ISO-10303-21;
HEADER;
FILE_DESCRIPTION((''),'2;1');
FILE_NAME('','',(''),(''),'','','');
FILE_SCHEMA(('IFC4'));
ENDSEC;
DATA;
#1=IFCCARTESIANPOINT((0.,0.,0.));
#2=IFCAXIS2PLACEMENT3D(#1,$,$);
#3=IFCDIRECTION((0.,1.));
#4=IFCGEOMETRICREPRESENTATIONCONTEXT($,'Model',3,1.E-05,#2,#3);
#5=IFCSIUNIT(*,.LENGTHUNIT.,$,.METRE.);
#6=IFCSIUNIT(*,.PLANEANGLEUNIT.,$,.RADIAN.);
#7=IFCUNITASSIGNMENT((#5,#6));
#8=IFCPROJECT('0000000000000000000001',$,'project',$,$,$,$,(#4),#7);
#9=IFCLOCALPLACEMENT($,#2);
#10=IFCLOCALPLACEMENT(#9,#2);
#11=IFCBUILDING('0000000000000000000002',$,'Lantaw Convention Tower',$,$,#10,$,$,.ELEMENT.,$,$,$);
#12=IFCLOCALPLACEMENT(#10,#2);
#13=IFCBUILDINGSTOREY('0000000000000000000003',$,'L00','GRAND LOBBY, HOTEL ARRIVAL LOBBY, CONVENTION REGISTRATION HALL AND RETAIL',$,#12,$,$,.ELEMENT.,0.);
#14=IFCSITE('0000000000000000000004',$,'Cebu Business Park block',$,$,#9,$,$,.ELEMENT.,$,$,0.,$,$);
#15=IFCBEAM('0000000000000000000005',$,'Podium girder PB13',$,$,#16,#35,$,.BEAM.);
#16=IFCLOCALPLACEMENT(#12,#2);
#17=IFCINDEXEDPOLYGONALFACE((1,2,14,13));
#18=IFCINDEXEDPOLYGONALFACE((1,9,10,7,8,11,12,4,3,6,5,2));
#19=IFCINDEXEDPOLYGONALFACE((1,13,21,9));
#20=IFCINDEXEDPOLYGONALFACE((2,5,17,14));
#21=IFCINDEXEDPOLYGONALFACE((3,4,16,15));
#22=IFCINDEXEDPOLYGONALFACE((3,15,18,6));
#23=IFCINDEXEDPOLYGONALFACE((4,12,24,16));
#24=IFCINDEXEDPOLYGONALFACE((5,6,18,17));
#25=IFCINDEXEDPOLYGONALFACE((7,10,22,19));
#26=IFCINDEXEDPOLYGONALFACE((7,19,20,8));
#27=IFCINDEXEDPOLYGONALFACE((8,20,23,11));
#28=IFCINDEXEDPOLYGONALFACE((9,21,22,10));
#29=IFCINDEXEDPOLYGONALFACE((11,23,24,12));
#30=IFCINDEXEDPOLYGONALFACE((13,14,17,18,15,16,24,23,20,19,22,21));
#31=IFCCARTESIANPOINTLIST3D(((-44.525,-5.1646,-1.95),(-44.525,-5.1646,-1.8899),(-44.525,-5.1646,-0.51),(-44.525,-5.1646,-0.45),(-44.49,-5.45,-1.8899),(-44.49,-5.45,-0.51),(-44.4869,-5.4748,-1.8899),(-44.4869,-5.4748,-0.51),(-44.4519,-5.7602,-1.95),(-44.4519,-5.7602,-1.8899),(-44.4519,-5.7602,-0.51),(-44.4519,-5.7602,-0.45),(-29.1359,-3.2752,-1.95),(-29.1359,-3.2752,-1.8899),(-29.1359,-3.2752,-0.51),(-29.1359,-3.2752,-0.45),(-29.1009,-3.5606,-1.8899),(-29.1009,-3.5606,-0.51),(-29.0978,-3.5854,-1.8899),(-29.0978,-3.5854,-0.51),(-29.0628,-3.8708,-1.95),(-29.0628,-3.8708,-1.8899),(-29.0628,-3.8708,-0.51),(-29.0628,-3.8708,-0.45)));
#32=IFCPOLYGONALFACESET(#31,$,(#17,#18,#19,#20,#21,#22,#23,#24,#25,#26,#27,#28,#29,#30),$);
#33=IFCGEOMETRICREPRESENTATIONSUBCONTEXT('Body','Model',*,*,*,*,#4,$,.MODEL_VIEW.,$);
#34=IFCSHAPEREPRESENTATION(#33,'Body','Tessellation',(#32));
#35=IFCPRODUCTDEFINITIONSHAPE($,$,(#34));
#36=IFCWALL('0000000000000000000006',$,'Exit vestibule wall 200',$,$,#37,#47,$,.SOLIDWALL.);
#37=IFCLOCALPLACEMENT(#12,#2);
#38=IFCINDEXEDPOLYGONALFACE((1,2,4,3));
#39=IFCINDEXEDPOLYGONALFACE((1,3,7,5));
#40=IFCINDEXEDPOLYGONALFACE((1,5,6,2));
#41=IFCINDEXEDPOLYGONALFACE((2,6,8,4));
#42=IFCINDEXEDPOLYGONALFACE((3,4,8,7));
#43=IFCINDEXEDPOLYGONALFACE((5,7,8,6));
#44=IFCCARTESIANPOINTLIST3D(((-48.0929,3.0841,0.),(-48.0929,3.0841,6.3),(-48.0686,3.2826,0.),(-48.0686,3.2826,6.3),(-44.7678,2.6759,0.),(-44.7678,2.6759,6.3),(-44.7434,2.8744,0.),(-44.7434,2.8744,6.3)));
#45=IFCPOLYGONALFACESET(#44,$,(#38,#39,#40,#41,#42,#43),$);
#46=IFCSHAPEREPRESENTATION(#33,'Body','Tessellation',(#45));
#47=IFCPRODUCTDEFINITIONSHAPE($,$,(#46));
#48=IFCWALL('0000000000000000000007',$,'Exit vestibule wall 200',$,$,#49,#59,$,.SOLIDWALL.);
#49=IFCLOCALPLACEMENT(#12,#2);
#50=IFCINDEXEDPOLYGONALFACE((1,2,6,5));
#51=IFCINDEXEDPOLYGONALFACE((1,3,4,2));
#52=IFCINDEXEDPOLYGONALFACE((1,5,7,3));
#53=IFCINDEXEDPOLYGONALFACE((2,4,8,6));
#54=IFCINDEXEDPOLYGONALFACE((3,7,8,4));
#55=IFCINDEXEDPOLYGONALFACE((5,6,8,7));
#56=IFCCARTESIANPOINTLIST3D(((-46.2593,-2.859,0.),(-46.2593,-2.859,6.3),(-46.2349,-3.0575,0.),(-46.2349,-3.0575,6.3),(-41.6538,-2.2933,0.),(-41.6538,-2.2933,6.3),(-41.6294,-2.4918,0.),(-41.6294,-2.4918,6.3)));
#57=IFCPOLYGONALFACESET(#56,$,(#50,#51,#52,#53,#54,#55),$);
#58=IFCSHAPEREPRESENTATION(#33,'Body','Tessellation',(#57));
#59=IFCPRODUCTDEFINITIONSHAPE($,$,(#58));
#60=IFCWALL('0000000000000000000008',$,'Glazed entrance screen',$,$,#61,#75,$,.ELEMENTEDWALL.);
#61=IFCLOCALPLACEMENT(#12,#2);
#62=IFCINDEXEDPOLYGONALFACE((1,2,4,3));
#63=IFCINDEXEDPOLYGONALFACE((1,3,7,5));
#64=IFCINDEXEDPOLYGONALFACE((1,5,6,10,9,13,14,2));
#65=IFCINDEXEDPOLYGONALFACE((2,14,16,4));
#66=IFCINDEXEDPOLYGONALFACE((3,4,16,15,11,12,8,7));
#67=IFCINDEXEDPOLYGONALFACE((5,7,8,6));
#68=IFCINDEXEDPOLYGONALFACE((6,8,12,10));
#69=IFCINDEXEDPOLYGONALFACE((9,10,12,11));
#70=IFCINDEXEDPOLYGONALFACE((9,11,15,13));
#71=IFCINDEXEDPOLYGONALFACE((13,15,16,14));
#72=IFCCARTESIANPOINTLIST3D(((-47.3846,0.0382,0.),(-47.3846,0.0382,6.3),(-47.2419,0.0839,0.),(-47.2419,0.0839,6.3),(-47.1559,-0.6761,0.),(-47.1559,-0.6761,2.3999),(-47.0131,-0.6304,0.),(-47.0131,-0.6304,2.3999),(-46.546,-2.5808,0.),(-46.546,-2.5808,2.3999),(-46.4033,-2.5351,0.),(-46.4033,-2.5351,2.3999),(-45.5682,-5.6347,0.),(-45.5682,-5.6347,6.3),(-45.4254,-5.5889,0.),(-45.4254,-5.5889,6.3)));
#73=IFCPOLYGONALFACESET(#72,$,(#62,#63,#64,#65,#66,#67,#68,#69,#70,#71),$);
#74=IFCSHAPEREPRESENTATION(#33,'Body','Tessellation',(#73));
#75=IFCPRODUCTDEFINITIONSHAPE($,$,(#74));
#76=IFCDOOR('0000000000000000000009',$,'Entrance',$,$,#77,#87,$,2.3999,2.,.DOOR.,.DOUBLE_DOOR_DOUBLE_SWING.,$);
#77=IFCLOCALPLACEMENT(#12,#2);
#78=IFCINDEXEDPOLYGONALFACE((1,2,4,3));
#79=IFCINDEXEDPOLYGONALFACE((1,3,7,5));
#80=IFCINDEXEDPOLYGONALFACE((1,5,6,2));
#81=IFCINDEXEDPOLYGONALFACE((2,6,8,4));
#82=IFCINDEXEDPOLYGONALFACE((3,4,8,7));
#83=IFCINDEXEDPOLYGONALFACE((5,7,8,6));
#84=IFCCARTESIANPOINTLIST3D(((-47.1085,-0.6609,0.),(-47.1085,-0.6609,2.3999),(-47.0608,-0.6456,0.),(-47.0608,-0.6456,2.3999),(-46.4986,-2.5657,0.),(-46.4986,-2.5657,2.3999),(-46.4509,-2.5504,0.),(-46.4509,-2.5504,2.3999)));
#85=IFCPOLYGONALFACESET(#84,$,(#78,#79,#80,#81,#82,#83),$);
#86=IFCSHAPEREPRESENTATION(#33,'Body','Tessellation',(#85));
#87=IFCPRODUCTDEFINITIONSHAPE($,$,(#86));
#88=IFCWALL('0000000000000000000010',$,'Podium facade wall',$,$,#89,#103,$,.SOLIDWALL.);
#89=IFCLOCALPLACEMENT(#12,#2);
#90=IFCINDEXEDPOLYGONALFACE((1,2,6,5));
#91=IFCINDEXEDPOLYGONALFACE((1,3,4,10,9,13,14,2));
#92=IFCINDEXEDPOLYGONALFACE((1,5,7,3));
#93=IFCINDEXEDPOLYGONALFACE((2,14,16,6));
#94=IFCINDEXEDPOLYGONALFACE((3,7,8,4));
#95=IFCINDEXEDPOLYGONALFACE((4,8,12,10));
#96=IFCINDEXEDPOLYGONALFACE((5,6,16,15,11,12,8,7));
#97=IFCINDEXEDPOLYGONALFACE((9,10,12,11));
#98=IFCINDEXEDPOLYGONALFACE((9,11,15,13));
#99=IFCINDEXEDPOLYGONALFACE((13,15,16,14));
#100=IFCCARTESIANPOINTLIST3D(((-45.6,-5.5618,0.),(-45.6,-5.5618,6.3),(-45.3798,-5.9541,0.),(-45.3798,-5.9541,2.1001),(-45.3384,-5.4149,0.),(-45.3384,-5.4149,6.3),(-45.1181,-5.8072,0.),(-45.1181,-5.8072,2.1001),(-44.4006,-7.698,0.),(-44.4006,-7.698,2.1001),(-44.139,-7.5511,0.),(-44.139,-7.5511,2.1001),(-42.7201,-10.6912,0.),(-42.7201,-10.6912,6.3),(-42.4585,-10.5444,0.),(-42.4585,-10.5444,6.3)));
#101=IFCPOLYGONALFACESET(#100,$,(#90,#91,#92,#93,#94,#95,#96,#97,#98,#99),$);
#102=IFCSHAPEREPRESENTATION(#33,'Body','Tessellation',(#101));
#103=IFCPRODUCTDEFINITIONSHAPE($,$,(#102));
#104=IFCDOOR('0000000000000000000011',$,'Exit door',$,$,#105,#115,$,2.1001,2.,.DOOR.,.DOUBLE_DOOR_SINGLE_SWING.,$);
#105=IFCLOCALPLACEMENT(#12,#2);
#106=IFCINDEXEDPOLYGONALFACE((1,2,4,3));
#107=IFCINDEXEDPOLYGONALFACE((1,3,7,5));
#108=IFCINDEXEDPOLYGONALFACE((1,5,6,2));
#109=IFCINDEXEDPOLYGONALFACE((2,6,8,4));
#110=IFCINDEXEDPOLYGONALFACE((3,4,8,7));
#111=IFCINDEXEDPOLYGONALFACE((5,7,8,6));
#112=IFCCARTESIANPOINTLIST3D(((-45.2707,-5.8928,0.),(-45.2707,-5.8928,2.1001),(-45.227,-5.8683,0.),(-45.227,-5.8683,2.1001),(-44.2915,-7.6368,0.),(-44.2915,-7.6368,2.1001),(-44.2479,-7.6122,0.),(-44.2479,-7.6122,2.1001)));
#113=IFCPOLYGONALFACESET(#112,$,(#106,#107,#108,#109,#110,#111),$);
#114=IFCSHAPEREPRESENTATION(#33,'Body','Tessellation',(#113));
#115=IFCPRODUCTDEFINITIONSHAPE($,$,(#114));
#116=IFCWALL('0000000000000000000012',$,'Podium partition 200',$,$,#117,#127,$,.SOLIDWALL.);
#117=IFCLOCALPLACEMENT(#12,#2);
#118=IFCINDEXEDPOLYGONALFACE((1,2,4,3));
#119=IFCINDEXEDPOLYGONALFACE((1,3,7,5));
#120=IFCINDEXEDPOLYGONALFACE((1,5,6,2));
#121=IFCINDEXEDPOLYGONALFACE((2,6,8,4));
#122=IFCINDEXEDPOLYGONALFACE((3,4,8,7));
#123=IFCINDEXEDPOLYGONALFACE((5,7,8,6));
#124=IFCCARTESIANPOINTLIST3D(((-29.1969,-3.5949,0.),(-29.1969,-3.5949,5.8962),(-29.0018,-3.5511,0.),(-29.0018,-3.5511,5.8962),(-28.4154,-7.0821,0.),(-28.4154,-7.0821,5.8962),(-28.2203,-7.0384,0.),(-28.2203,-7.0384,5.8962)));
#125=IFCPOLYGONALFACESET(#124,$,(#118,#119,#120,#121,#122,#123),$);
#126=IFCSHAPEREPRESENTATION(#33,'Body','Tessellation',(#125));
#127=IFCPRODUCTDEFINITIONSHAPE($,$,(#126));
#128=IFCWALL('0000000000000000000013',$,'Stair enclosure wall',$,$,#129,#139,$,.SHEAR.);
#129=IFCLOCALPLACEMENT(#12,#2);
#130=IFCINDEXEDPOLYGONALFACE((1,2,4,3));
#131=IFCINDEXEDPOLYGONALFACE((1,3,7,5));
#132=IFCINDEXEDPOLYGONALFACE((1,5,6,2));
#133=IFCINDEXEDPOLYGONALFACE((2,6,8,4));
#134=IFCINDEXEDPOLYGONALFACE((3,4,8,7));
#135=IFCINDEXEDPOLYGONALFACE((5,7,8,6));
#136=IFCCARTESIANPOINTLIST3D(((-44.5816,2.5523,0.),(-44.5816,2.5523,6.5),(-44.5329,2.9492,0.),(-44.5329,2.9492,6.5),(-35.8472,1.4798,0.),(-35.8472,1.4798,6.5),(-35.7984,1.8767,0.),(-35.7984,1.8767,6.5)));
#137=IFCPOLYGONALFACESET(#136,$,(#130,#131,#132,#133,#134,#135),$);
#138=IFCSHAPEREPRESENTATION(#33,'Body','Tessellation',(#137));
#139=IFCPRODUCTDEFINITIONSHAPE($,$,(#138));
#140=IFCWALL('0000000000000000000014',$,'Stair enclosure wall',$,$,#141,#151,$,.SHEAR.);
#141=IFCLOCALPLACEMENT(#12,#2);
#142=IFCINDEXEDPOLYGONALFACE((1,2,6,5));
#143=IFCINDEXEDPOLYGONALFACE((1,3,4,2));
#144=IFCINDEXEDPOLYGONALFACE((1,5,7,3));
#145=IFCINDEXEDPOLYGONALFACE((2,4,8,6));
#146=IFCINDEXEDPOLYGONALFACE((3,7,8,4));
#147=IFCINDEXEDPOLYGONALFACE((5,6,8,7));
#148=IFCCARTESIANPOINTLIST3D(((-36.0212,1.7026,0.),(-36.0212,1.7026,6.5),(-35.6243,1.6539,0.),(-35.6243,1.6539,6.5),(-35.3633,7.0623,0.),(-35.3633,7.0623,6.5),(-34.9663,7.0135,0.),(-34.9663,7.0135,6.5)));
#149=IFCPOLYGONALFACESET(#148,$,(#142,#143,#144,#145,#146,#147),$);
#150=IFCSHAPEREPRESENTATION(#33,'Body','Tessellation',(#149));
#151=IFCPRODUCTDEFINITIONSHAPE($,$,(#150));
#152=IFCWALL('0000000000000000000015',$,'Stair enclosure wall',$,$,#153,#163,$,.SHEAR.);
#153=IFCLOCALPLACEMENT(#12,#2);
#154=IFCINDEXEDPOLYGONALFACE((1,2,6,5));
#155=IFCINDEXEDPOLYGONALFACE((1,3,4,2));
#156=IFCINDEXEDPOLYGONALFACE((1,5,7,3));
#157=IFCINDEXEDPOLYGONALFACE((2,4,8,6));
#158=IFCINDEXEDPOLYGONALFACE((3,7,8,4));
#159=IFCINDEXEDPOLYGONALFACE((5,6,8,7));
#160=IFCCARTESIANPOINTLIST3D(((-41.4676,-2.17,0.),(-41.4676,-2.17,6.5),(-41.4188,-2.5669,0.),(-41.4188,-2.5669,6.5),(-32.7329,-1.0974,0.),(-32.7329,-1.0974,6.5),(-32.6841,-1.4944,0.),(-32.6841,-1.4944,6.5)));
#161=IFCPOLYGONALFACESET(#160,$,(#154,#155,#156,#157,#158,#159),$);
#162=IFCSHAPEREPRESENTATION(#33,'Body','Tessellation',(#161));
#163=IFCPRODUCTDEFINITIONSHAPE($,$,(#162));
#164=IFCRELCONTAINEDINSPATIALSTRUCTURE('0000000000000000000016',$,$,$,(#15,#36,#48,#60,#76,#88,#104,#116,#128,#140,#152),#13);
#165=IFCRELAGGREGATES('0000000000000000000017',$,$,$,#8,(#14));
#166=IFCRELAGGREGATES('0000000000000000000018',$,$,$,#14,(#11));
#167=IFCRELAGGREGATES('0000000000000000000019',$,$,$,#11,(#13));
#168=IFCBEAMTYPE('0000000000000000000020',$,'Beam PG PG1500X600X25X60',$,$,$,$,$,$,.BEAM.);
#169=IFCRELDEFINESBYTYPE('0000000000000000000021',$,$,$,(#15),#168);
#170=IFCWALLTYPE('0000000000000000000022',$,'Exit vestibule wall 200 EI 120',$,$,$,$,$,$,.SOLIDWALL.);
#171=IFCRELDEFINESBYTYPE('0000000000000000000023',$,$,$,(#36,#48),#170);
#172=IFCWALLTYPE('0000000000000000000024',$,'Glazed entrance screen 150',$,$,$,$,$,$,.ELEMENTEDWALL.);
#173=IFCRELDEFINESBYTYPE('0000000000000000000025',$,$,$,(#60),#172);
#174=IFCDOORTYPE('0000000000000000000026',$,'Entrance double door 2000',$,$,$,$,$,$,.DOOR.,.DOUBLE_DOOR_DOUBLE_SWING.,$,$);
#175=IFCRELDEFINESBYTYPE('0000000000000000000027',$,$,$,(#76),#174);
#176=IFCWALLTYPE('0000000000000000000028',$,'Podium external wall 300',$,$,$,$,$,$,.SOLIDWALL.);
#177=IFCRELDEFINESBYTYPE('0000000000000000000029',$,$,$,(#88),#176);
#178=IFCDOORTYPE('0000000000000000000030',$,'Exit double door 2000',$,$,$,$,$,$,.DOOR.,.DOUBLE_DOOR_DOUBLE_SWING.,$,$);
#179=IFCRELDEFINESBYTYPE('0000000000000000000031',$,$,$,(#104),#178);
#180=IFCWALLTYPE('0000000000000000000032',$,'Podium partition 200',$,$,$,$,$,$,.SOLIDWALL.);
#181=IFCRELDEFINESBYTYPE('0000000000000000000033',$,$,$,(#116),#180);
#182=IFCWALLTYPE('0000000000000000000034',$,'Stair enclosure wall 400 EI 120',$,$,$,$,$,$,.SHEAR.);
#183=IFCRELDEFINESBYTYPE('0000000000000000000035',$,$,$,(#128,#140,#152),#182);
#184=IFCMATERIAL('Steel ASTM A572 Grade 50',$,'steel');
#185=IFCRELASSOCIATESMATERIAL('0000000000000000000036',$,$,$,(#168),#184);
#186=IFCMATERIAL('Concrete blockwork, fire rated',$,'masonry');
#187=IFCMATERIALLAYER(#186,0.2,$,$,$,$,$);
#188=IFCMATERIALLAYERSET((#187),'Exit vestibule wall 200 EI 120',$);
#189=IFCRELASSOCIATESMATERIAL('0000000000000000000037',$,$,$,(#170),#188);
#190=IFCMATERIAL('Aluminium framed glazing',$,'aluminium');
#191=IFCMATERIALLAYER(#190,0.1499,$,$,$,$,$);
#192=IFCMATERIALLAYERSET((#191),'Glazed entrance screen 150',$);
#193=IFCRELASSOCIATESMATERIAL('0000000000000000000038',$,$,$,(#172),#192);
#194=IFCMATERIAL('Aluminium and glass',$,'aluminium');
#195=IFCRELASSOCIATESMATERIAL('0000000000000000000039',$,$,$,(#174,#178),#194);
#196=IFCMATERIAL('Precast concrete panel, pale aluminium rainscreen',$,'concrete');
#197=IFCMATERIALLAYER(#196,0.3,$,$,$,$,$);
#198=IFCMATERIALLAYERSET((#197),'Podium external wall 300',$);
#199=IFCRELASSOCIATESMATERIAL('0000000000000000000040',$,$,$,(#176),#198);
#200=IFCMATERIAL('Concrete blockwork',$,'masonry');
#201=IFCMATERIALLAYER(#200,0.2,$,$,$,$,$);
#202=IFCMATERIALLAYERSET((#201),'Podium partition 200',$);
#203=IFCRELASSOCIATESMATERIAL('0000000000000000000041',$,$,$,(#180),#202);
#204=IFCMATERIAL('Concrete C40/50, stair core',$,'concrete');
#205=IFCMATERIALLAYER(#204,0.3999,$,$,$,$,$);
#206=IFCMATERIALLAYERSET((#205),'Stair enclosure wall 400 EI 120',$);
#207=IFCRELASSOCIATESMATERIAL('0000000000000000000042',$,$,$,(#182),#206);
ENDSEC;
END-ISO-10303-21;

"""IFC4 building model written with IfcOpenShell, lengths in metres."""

from ifc_helpers import new_model, si_unit, direction, frame, frame_2d, origin, origin_2d, place, context, subcontext, project, spatial, rectangle, i_section, extrude, material, layer, layer_set, material_profile, profile_set, type_object, element, fill, save


model = new_model("IFC4")

# Units and contexts
model_context = context("Model", 3, precision=1e-05, world=origin(), true_north=direction((0.0, 1.0)))
body_context = subcontext(model_context, "Body", "Model", "MODEL_VIEW")
ifc_project = project(units=[si_unit("LENGTHUNIT", "METRE"), si_unit("PLANEANGLEUNIT", "RADIAN")], contexts=[model_context])

# Site, building, storey
site_placement = place(None, origin())
site = spatial("IfcSite", under=ifc_project, at=site_placement, Name="Cebu Business Park block", CompositionType="ELEMENT", RefElevation=0.0)
building_placement = place(site_placement, origin())
building = spatial("IfcBuilding", under=site, at=building_placement, Name="Lantaw Convention Tower", CompositionType="ELEMENT")
storey_placement = place(building_placement, origin())
storey = spatial("IfcBuildingStorey", under=building, at=storey_placement, Name="L00", Description="GRAND LOBBY, HOTEL ARRIVAL LOBBY, CONVENTION REGISTRATION HALL AND RETAIL", CompositionType="ELEMENT", Elevation=0.0)

# Shared definitions
ifc_material_1 = material(Name="Steel ASTM A572 Grade 50", Category="steel")

# Beam
ifc_material_profile_1 = material_profile(ifc_material_1, i_section(OverallWidth=0.6001, OverallDepth=1.5, WebThickness=0.0249, FlangeThickness=0.0601, at=origin_2d()), Name="PG1500X600X25X60")
ifc_profile_set_1 = profile_set([ifc_material_profile_1], Name="Steel ASTM A572 Grade 50")
beam_type_1 = type_object("IfcBeamType", Name="Beam PG PG1500X600X25X60", PredefinedType="BEAM", material=ifc_profile_set_1)
beam_1_placement = place(storey_placement, frame((-29.0994, -3.573, -1.2), z_axis=(-0.992547, -0.12186, 0.0), x_axis=(0.12186, -0.992547, 0.0)))
element("IfcBeam", 1, at=beam_1_placement, inside=storey, type_object=beam_type_1, Name="Podium girder PB13", PredefinedType="BEAM", context=body_context, shape_type="SweptSolid", body=[
    extrude(i_section(OverallWidth=0.6001, OverallDepth=1.5, WebThickness=0.0249, FlangeThickness=0.0601, at=origin_2d()), origin(), (0.0, 0.0, 1.0), 15.5046),
])

# Walls
ifc_material_2 = material(Name="Concrete blockwork, fire rated", Category="masonry")
ifc_layer_1 = layer(ifc_material_2, 0.2)
ifc_layer_set_1 = layer_set([ifc_layer_1], Name="Exit vestibule wall 200 EI 120")
wall_type_1 = type_object("IfcWallType", Name="Exit vestibule wall 200 EI 120", PredefinedType="SOLIDWALL", material=ifc_layer_set_1)
wall_1_placement = place(storey_placement, frame((-44.7556, 2.7751, 0.0), z_axis=(0.0, 0.0, 1.0), x_axis=(-0.992549, 0.121846, 0.0)))
element("IfcWall", 2, at=wall_1_placement, inside=storey, type_object=wall_type_1, Name="Exit vestibule wall 200", PredefinedType="SOLIDWALL", context=body_context, shape_type="SweptSolid", body=[
    extrude(rectangle(XDim=3.3501, YDim=0.2, at=frame_2d((1.675, 0.0))), origin(), (0.0, 0.0, 1.0), 6.3),
])
wall_2_placement = place(storey_placement, frame((-41.6416, -2.3926, 0.0), z_axis=(0.0, 0.0, 1.0), x_axis=(-0.992541, -0.12191, 0.0)))
element("IfcWall", 3, at=wall_2_placement, inside=storey, type_object=wall_type_1, Name="Exit vestibule wall 200", PredefinedType="SOLIDWALL", context=body_context, shape_type="SweptSolid", body=[
    extrude(rectangle(XDim=4.6401, YDim=0.2, at=frame_2d((2.3201, 0.0))), origin(), (0.0, 0.0, 1.0), 6.3),
])

# Walls, openings, doors
ifc_material_3 = material(Name="Aluminium framed glazing", Category="aluminium")
ifc_layer_2 = layer(ifc_material_3, 0.1499)
ifc_layer_set_2 = layer_set([ifc_layer_2], Name="Glazed entrance screen 150")
wall_type_2 = type_object("IfcWallType", Name="Glazed entrance screen 150", PredefinedType="ELEMENTEDWALL", material=ifc_layer_set_2)
wall_3_placement = place(storey_placement, frame((-47.3132, 0.061, 0.0), z_axis=(0.0, 0.0, 1.0), x_axis=(0.304942, -0.952371, 0.0)))
wall_3 = element("IfcWall", 4, at=wall_3_placement, inside=storey, type_object=wall_type_2, Name="Glazed entrance screen", PredefinedType="ELEMENTEDWALL", context=body_context, shape_type="SweptSolid", body=[
    extrude(rectangle(XDim=5.9565, YDim=0.1499, at=frame_2d((2.9783, 0.0))), origin(), (0.0, 0.0, 1.0), 6.3),
])
opening_1_placement = place(wall_3_placement, frame((0.75, 0.0, 0.0)))
opening_1 = element("IfcOpeningElement", 5, at=opening_1_placement, cuts=wall_3, PredefinedType="OPENING", context=body_context, shape_type="SweptSolid", body=[
    extrude(rectangle(XDim=2.0, YDim=2.3999, at=frame_2d((1.0, 1.2))), frame((0.0, 0.085, 0.0), z_axis=(0.0, -1.0, 0.0), x_axis=(1.0, 0.0, 0.0)), (0.0, 0.0, 1.0), 0.1699),
])
ifc_material_4 = material(Name="Aluminium and glass", Category="aluminium")
door_type_1 = type_object("IfcDoorType", Name="Entrance double door 2000", OperationType="DOUBLE_DOOR_DOUBLE_SWING", PredefinedType="DOOR", material=ifc_material_4)
door_1_placement = place(opening_1_placement, origin())
door_1 = element("IfcDoor", 6, at=door_1_placement, inside=storey, type_object=door_type_1, Name="Entrance", OperationType="DOUBLE_DOOR_DOUBLE_SWING", OverallHeight=2.3999, OverallWidth=2.0, PredefinedType="DOOR", context=body_context, shape_type="SweptSolid", body=[
    extrude(rectangle(XDim=2.0, YDim=2.3999, at=frame_2d((1.0, 1.2))), frame((0.0, 0.0249, 0.0), z_axis=(0.0, -1.0, 0.0), x_axis=(1.0, 0.0, 0.0)), (0.0, 0.0, 1.0), 0.05),
])
fill(opening_1, door_1)
ifc_material_5 = material(Name="Precast concrete panel, pale aluminium rainscreen", Category="concrete")
ifc_layer_3 = layer(ifc_material_5, 0.3)
ifc_layer_set_3 = layer_set([ifc_layer_3], Name="Podium external wall 300")
wall_type_3 = type_object("IfcWallType", Name="Podium external wall 300", PredefinedType="SOLIDWALL", material=ifc_layer_set_3)
wall_4_placement = place(storey_placement, frame((-45.4692, -5.4883, 0.0), z_axis=(0.0, 0.0, 1.0), x_axis=(0.489564, -0.871968, 0.0)))
wall_4 = element("IfcWall", 7, at=wall_4_placement, inside=storey, type_object=wall_type_3, Name="Podium facade wall", PredefinedType="SOLIDWALL", context=body_context, shape_type="SweptSolid", body=[
    extrude(rectangle(XDim=5.8826, YDim=0.3, at=frame_2d((2.9414, 0.0))), origin(), (0.0, 0.0, 1.0), 6.3),
])
opening_2_placement = place(wall_4_placement, frame((0.45, 0.0, 0.0)))
opening_2 = element("IfcOpeningElement", 8, at=opening_2_placement, cuts=wall_4, PredefinedType="OPENING", context=body_context, shape_type="SweptSolid", body=[
    extrude(rectangle(XDim=2.0, YDim=2.1001, at=frame_2d((1.0, 1.05))), frame((0.0, 0.1599, 0.0), z_axis=(0.0, -1.0, 0.0), x_axis=(1.0, 0.0, 0.0)), (0.0, 0.0, 1.0), 0.3201),
])
door_type_2 = type_object("IfcDoorType", Name="Exit double door 2000", OperationType="DOUBLE_DOOR_DOUBLE_SWING", PredefinedType="DOOR", material=ifc_material_4)
door_2_placement = place(opening_2_placement, frame((2.0, 0.0, 0.0), z_axis=(0.0, 0.0, 1.0), x_axis=(-1.0, 0.0, 0.0)))
door_2 = element("IfcDoor", 9, at=door_2_placement, inside=storey, type_object=door_type_2, Name="Exit door", OperationType="DOUBLE_DOOR_SINGLE_SWING", OverallHeight=2.1001, OverallWidth=2.0, PredefinedType="DOOR", context=body_context, shape_type="SweptSolid", body=[
    extrude(rectangle(XDim=2.0, YDim=2.1001, at=frame_2d((1.0, 1.05))), frame((0.0, 0.0249, 0.0), z_axis=(0.0, -1.0, 0.0), x_axis=(1.0, 0.0, 0.0)), (0.0, 0.0, 1.0), 0.05),
])
fill(opening_2, door_2)
ifc_material_6 = material(Name="Concrete blockwork", Category="masonry")
ifc_layer_4 = layer(ifc_material_6, 0.2)
ifc_layer_set_4 = layer_set([ifc_layer_4], Name="Podium partition 200")
wall_type_4 = type_object("IfcWallType", Name="Podium partition 200", PredefinedType="SOLIDWALL", material=ifc_layer_set_4)

# Walls
wall_5_placement = place(storey_placement, frame((-29.0994, -3.573, 0.0), z_axis=(0.0, 0.0, 1.0), x_axis=(0.218673, -0.975798, 0.0)))
element("IfcWall", 10, at=wall_5_placement, inside=storey, type_object=wall_type_4, Name="Podium partition 200", PredefinedType="SOLIDWALL", context=body_context, shape_type="SweptSolid", body=[
    extrude(rectangle(XDim=3.5737, YDim=0.2, at=frame_2d((1.7869, 0.0))), origin(), (0.0, 0.0, 1.0), 5.8962),
])
ifc_material_7 = material(Name="Concrete C40/50, stair core", Category="concrete")
ifc_layer_5 = layer(ifc_material_7, 0.3999)
ifc_layer_set_5 = layer_set([ifc_layer_5], Name="Stair enclosure wall 400 EI 120")
wall_type_5 = type_object("IfcWallType", Name="Stair enclosure wall 400 EI 120", PredefinedType="SHEAR", material=ifc_layer_set_5)
wall_6_placement = place(storey_placement, frame((-44.5571, 2.7507, 0.0), z_axis=(0.0, 0.0, 1.0), x_axis=(0.992545, -0.121876, 0.0)))
element("IfcWall", 11, at=wall_6_placement, inside=storey, type_object=wall_type_5, Name="Stair enclosure wall", PredefinedType="SHEAR", context=body_context, shape_type="SweptSolid", body=[
    extrude(rectangle(XDim=8.8, YDim=0.3999, at=frame_2d((4.3999, 0.0))), origin(), (0.0, 0.0, 1.0), 6.5),
])
wall_7_placement = place(storey_placement, frame((-35.8228, 1.6782, 0.0), z_axis=(0.0, 0.0, 1.0), x_axis=(0.121848, 0.992549, 0.0)))
element("IfcWall", 12, at=wall_7_placement, inside=storey, type_object=wall_type_5, Name="Stair enclosure wall", PredefinedType="SHEAR", context=body_context, shape_type="SweptSolid", body=[
    extrude(rectangle(XDim=5.3999, YDim=0.3999, at=frame_2d((2.7, 0.0))), origin(), (0.0, 0.0, 1.0), 6.5),
])
wall_8_placement = place(storey_placement, frame((-32.7085, -1.2959, 0.0), z_axis=(0.0, 0.0, 1.0), x_axis=(-0.992546, -0.121873, 0.0)))
element("IfcWall", 13, at=wall_8_placement, inside=storey, type_object=wall_type_5, Name="Stair enclosure wall", PredefinedType="SHEAR", context=body_context, shape_type="SweptSolid", body=[
    extrude(rectangle(XDim=8.8003, YDim=0.3999, at=frame_2d((4.4001, 0.0))), origin(), (0.0, 0.0, 1.0), 6.5),
])

save(model, "model.ifc")
